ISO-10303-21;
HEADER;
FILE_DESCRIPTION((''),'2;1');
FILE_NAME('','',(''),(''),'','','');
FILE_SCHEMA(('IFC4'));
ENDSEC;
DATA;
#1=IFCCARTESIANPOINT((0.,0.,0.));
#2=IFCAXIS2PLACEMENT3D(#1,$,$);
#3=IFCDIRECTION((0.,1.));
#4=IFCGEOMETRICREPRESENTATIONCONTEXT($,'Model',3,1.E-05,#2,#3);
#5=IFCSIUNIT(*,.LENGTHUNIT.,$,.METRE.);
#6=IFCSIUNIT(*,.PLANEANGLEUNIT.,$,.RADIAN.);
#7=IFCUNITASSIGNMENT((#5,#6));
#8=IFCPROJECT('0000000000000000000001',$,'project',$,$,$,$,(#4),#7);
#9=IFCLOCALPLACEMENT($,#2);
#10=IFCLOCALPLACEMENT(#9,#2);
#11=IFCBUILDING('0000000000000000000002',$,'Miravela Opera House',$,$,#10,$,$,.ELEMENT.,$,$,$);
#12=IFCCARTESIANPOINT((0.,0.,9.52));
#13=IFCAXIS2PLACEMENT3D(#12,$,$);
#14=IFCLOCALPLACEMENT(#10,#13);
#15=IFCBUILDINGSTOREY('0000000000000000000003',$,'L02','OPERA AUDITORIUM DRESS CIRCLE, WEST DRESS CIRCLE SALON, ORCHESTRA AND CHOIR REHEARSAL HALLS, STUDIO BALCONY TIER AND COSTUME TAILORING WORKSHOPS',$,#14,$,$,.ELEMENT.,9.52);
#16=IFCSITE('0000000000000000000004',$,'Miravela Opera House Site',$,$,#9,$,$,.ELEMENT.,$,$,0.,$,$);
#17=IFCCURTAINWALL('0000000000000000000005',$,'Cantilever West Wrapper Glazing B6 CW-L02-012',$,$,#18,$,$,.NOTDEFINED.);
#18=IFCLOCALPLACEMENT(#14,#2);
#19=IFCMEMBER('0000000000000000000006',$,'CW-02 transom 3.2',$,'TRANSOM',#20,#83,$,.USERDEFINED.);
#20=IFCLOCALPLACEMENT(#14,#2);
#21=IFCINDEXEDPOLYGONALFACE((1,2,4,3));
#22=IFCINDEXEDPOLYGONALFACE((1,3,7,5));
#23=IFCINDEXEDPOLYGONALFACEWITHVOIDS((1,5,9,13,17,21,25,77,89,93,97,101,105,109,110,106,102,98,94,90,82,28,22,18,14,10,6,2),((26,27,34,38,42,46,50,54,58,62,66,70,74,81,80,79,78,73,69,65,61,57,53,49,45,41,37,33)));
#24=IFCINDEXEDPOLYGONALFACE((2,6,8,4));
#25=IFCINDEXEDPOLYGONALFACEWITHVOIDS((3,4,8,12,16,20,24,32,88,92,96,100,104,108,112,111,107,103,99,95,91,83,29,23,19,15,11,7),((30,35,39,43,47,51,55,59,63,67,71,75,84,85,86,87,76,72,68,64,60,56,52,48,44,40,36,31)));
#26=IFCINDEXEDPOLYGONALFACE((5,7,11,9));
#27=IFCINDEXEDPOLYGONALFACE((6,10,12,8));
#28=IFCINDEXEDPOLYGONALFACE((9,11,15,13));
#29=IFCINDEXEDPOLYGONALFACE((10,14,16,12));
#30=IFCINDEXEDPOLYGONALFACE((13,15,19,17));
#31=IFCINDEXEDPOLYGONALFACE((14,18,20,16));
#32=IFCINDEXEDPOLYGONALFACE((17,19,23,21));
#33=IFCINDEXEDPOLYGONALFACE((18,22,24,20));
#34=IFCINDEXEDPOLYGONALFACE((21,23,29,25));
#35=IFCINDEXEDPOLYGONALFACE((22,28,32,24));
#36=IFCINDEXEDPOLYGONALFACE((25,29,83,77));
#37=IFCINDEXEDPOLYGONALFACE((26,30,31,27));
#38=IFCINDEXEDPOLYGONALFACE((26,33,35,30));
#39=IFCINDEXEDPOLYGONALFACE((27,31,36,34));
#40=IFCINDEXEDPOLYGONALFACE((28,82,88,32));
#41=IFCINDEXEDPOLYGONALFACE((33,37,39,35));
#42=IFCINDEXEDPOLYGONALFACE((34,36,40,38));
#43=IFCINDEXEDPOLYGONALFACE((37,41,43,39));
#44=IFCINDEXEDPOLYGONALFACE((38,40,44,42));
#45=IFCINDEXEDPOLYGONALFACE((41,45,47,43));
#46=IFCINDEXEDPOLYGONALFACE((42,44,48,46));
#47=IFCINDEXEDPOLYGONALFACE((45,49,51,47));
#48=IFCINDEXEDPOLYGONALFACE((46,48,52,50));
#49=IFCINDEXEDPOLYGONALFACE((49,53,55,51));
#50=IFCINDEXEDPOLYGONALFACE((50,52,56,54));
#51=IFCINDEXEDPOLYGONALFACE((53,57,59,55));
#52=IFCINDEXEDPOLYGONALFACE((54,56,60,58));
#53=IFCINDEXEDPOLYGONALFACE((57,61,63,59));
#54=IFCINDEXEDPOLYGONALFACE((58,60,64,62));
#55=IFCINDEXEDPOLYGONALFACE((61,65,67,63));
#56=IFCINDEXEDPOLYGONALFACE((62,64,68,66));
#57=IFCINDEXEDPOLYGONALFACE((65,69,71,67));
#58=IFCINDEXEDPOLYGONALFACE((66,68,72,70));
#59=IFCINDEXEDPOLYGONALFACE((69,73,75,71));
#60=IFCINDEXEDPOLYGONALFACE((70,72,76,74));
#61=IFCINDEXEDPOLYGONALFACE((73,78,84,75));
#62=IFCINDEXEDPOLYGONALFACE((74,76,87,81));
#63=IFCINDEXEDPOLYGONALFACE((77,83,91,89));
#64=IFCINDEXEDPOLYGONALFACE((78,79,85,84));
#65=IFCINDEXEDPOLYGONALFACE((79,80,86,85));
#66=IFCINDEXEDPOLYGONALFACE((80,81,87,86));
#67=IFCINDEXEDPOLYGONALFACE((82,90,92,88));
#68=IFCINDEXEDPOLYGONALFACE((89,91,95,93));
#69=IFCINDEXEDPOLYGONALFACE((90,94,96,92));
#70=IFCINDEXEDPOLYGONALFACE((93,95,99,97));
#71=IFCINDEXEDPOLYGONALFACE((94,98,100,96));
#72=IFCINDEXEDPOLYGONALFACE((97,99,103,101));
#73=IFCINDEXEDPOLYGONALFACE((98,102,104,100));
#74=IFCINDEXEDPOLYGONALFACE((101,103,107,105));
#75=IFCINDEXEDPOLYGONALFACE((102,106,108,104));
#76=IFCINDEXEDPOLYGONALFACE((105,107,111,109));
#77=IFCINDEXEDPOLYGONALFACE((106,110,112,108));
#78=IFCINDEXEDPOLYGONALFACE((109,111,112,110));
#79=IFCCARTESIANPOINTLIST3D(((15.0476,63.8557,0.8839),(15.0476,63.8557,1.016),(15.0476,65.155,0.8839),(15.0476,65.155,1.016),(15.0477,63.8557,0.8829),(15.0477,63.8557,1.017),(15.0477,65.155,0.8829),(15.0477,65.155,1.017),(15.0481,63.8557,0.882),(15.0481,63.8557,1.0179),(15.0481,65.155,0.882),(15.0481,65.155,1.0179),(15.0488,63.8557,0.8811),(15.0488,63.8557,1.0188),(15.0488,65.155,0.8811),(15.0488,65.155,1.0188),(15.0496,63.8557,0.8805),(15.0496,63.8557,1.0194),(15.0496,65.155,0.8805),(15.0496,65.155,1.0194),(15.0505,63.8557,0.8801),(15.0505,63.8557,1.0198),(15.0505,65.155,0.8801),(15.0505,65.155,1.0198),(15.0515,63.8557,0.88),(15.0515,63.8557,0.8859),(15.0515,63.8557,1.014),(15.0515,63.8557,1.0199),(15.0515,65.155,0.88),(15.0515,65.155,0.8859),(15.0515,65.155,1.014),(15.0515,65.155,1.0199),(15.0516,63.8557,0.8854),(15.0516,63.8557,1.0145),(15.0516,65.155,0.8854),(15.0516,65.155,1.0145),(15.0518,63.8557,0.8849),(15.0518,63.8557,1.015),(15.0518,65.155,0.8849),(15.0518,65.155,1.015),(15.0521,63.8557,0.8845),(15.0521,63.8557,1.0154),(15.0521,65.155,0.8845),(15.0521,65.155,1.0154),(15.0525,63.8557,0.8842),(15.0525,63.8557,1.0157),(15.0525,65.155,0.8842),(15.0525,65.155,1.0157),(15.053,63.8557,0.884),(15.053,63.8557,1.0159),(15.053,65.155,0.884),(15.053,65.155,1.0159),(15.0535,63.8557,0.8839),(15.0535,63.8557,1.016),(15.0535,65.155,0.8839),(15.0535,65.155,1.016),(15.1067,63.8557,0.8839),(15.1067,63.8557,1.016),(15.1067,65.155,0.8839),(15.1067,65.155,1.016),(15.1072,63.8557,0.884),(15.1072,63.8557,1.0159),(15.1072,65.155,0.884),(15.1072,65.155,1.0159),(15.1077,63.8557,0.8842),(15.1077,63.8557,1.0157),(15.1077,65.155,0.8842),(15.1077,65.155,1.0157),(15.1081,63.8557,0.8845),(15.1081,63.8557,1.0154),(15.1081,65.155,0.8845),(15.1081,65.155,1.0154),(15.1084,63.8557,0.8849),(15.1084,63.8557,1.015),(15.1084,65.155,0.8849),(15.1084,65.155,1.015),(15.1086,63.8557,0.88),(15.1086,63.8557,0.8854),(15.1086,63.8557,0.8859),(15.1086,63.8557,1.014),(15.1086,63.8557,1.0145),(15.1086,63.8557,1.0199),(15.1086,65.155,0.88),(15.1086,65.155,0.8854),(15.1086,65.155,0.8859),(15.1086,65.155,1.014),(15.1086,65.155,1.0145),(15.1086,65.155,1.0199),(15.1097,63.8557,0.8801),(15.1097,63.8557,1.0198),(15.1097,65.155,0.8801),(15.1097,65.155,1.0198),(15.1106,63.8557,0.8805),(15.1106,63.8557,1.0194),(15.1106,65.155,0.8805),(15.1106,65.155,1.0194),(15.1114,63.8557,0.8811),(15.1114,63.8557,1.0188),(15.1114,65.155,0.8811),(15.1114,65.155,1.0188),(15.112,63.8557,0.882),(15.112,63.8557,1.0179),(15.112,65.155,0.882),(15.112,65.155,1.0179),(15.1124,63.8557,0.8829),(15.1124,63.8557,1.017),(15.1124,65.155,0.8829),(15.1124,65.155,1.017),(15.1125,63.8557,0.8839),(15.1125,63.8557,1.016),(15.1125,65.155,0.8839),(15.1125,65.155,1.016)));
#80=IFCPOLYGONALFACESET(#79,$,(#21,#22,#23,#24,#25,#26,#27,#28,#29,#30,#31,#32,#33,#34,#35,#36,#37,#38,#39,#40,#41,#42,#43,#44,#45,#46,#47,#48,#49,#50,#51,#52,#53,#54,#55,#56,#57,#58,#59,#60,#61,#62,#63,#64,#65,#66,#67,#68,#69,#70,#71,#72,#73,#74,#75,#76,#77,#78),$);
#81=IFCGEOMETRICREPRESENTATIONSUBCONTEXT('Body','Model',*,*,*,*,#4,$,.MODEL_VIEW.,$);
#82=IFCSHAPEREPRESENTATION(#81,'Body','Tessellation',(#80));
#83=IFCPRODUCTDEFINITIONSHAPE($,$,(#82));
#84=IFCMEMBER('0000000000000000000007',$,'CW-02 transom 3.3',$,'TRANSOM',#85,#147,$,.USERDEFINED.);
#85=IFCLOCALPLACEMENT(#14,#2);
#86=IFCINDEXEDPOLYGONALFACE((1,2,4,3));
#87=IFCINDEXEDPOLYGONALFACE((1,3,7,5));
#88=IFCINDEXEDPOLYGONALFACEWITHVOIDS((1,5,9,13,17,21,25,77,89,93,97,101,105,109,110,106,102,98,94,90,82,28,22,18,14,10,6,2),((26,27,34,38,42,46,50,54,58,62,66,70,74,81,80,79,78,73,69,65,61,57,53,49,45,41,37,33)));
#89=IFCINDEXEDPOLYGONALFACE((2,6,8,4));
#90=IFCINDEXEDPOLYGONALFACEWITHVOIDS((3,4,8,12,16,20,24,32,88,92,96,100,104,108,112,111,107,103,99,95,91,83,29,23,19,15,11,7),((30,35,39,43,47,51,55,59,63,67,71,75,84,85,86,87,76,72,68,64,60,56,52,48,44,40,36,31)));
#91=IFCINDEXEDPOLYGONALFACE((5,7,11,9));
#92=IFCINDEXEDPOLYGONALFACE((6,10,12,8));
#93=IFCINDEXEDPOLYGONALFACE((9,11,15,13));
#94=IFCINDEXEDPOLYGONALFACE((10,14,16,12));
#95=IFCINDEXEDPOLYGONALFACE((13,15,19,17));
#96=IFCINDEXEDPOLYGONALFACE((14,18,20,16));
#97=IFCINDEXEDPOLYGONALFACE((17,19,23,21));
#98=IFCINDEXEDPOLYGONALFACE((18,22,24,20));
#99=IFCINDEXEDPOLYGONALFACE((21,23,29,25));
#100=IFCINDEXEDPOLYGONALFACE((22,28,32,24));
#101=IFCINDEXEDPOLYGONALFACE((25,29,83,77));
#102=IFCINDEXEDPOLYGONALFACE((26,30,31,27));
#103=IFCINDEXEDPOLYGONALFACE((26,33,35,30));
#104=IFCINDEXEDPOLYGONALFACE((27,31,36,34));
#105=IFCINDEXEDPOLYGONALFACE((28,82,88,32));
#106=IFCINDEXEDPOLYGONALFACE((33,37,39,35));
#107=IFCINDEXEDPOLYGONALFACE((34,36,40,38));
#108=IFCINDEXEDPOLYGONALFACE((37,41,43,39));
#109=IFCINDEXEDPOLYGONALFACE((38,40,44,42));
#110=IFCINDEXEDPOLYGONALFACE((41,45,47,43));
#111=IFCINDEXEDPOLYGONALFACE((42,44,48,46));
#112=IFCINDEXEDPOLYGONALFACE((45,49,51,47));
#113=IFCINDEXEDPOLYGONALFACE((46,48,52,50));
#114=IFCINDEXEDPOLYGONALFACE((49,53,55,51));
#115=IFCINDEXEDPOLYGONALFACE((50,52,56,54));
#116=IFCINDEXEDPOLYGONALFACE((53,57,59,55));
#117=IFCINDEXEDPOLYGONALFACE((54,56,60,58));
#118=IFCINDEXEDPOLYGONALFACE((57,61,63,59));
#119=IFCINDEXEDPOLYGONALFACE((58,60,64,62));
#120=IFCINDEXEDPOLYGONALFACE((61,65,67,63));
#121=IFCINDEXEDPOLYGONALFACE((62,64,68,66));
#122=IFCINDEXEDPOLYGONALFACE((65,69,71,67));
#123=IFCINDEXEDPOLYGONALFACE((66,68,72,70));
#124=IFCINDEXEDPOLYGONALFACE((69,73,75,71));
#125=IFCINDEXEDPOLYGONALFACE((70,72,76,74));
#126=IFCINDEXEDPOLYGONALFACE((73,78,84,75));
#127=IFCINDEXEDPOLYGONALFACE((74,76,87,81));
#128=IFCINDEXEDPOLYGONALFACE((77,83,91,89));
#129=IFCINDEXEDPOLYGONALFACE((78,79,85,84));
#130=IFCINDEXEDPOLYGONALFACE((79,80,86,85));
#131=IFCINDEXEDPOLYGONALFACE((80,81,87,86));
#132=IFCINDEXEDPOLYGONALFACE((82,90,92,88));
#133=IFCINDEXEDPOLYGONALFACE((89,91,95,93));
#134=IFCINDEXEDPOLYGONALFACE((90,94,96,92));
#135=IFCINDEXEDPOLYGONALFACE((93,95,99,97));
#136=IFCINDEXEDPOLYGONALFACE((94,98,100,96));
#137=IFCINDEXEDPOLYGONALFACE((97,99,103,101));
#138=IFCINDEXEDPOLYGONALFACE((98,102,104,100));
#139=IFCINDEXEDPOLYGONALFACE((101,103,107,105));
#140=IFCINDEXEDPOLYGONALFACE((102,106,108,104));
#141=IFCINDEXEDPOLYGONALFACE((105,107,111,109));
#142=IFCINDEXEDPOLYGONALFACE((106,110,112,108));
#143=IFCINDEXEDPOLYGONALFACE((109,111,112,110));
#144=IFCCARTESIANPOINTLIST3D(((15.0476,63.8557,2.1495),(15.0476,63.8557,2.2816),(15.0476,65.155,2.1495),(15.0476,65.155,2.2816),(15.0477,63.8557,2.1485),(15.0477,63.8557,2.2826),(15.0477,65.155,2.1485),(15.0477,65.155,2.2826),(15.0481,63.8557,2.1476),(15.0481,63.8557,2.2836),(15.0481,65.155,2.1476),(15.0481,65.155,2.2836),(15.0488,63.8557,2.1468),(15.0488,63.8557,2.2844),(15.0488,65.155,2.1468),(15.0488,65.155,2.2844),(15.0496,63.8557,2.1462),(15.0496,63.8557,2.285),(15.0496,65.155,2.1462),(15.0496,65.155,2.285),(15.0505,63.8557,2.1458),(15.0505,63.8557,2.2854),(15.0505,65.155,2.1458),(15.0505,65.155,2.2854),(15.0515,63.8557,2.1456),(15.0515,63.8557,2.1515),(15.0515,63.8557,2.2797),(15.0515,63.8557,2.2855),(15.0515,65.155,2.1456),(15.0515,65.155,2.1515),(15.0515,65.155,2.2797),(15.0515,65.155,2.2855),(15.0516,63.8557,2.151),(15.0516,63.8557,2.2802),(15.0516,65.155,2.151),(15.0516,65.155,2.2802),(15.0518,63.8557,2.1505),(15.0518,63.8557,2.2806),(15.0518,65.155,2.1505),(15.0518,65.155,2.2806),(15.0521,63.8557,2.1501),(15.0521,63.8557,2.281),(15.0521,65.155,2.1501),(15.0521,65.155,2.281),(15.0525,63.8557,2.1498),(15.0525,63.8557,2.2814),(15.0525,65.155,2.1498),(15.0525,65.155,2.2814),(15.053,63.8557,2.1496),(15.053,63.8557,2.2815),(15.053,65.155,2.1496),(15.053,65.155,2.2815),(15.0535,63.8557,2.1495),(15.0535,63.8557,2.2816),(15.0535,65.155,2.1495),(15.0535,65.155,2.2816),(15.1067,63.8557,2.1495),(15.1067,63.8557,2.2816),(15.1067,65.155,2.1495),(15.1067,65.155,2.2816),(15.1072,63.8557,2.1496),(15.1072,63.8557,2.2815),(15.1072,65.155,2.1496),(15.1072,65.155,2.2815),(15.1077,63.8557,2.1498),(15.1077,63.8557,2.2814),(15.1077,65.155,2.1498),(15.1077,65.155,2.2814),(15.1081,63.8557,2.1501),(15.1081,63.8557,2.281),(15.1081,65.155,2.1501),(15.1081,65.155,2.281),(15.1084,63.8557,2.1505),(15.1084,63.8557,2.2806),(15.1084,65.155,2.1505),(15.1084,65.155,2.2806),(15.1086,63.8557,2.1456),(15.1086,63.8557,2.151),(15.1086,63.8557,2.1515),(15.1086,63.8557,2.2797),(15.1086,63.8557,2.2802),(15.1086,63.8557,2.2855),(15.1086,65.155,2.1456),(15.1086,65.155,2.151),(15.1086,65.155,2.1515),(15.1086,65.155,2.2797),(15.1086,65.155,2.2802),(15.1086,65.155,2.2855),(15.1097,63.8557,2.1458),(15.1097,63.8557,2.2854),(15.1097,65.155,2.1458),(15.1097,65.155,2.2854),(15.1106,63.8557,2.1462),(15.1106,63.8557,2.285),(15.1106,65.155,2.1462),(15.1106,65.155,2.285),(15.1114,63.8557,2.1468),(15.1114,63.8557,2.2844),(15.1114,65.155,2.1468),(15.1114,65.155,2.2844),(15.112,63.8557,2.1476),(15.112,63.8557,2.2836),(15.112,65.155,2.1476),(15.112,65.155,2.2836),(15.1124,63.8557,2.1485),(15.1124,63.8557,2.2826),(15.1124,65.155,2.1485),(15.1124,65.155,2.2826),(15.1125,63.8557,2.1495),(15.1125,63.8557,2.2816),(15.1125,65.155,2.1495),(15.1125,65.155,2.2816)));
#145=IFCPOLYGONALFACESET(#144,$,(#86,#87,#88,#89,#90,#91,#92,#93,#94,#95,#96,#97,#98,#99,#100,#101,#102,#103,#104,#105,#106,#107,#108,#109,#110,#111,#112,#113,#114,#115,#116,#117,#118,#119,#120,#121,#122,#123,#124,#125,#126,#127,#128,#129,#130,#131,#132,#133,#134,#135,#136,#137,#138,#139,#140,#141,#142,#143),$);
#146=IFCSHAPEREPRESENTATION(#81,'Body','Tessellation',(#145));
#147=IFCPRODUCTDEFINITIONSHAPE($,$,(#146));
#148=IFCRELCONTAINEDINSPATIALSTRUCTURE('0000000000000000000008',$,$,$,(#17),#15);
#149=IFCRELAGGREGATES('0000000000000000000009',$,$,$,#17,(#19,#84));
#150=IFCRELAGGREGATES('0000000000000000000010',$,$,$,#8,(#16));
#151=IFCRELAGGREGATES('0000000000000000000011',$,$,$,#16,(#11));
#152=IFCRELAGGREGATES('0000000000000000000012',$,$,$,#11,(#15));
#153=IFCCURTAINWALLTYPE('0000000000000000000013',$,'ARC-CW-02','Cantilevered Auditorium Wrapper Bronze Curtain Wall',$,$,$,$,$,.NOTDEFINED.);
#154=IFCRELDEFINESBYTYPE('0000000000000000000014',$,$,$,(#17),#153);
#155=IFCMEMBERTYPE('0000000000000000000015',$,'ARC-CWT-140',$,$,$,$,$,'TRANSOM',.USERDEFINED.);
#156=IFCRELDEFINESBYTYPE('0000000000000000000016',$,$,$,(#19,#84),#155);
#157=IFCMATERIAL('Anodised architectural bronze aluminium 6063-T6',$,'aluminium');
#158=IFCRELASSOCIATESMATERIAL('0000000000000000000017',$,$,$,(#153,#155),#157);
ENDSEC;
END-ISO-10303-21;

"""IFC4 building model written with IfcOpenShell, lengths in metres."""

from ifc_helpers import new_model, si_unit, direction, frame, origin, origin_2d, place, context, subcontext, project, spatial, hollow_rectangle, extrude, material, material_profile, profile_set, type_object, element, aggregate, save


model = new_model("IFC4")

# Units and contexts
model_context = context("Model", 3, precision=1e-05, world=origin(), true_north=direction((0.0, 1.0)))
body_context = subcontext(model_context, "Body", "Model", "MODEL_VIEW")
ifc_project = project(units=[si_unit("LENGTHUNIT", "METRE"), si_unit("PLANEANGLEUNIT", "RADIAN")], contexts=[model_context])

# Site, building, storey
site_placement = place(None, origin())
site = spatial("IfcSite", under=ifc_project, at=site_placement, Name="Miravela Opera House Site", CompositionType="ELEMENT", RefElevation=0.0)
building_placement = place(site_placement, origin())
building = spatial("IfcBuilding", under=site, at=building_placement, Name="Miravela Opera House", CompositionType="ELEMENT")
storey_placement = place(building_placement, frame((0.0, 0.0, 9.52)))
storey = spatial("IfcBuildingStorey", under=building, at=storey_placement, Name="L02", Description="OPERA AUDITORIUM DRESS CIRCLE, WEST DRESS CIRCLE SALON, ORCHESTRA AND CHOIR REHEARSAL HALLS, STUDIO BALCONY TIER AND COSTUME TAILORING WORKSHOPS", CompositionType="ELEMENT", Elevation=9.52)

# Curtain wall
ifc_material_1 = material(Name="Anodised architectural bronze aluminium 6063-T6", Category="aluminium")
curtain_wall_type = type_object("IfcCurtainWallType", Name="ARC-CW-02", Description="Cantilevered Auditorium Wrapper Bronze Curtain Wall", PredefinedType="NOTDEFINED", material=ifc_material_1)
curtain_wall_1_placement = place(storey_placement, origin())
curtain_wall_1 = element("IfcCurtainWall", 1, at=curtain_wall_1_placement, inside=storey, type_object=curtain_wall_type, Name="Cantilever West Wrapper Glazing B6 CW-L02-012", PredefinedType="NOTDEFINED")

# Members
ifc_material_profile_1 = material_profile(ifc_material_1, hollow_rectangle(XDim=0.0649, YDim=0.1399, WallThickness=0.0039, InnerFilletRadius=0.002, OuterFilletRadius=0.0039, at=origin_2d()), Name="CWT-65X140")
ifc_profile_set_1 = profile_set([ifc_material_profile_1])
member_type_1 = type_object("IfcMemberType", Name="ARC-CWT-140", ElementType="TRANSOM", PredefinedType="USERDEFINED", material=ifc_profile_set_1)
member_1_placement = place(storey_placement, frame((15.0801, 63.8557, 0.95), z_axis=(0.0, 1.0, 0.0), x_axis=(-1.0, 0.0, 0.0)))
member_1 = element("IfcMember", 2, at=member_1_placement, type_object=member_type_1, Name="CW-02 transom 3.2", ObjectType="TRANSOM", PredefinedType="USERDEFINED", context=body_context, shape_type="SweptSolid", body=[
    extrude(hollow_rectangle(XDim=0.0649, YDim=0.1399, WallThickness=0.0039, InnerFilletRadius=0.002, OuterFilletRadius=0.0039, at=origin_2d()), origin(), (0.0, 0.0, 1.0), 1.2993),
])
member_2_placement = place(storey_placement, frame((15.0801, 63.8557, 2.2156), z_axis=(0.0, 1.0, 0.0), x_axis=(-1.0, 0.0, 0.0)))
member_2 = element("IfcMember", 3, at=member_2_placement, type_object=member_type_1, Name="CW-02 transom 3.3", ObjectType="TRANSOM", PredefinedType="USERDEFINED", context=body_context, shape_type="SweptSolid", body=[
    extrude(hollow_rectangle(XDim=0.0649, YDim=0.1399, WallThickness=0.0039, InnerFilletRadius=0.002, OuterFilletRadius=0.0039, at=origin_2d()), origin(), (0.0, 0.0, 1.0), 1.2993),
])

aggregate(curtain_wall_1, [member_1, member_2])

save(model, "model.ifc")
